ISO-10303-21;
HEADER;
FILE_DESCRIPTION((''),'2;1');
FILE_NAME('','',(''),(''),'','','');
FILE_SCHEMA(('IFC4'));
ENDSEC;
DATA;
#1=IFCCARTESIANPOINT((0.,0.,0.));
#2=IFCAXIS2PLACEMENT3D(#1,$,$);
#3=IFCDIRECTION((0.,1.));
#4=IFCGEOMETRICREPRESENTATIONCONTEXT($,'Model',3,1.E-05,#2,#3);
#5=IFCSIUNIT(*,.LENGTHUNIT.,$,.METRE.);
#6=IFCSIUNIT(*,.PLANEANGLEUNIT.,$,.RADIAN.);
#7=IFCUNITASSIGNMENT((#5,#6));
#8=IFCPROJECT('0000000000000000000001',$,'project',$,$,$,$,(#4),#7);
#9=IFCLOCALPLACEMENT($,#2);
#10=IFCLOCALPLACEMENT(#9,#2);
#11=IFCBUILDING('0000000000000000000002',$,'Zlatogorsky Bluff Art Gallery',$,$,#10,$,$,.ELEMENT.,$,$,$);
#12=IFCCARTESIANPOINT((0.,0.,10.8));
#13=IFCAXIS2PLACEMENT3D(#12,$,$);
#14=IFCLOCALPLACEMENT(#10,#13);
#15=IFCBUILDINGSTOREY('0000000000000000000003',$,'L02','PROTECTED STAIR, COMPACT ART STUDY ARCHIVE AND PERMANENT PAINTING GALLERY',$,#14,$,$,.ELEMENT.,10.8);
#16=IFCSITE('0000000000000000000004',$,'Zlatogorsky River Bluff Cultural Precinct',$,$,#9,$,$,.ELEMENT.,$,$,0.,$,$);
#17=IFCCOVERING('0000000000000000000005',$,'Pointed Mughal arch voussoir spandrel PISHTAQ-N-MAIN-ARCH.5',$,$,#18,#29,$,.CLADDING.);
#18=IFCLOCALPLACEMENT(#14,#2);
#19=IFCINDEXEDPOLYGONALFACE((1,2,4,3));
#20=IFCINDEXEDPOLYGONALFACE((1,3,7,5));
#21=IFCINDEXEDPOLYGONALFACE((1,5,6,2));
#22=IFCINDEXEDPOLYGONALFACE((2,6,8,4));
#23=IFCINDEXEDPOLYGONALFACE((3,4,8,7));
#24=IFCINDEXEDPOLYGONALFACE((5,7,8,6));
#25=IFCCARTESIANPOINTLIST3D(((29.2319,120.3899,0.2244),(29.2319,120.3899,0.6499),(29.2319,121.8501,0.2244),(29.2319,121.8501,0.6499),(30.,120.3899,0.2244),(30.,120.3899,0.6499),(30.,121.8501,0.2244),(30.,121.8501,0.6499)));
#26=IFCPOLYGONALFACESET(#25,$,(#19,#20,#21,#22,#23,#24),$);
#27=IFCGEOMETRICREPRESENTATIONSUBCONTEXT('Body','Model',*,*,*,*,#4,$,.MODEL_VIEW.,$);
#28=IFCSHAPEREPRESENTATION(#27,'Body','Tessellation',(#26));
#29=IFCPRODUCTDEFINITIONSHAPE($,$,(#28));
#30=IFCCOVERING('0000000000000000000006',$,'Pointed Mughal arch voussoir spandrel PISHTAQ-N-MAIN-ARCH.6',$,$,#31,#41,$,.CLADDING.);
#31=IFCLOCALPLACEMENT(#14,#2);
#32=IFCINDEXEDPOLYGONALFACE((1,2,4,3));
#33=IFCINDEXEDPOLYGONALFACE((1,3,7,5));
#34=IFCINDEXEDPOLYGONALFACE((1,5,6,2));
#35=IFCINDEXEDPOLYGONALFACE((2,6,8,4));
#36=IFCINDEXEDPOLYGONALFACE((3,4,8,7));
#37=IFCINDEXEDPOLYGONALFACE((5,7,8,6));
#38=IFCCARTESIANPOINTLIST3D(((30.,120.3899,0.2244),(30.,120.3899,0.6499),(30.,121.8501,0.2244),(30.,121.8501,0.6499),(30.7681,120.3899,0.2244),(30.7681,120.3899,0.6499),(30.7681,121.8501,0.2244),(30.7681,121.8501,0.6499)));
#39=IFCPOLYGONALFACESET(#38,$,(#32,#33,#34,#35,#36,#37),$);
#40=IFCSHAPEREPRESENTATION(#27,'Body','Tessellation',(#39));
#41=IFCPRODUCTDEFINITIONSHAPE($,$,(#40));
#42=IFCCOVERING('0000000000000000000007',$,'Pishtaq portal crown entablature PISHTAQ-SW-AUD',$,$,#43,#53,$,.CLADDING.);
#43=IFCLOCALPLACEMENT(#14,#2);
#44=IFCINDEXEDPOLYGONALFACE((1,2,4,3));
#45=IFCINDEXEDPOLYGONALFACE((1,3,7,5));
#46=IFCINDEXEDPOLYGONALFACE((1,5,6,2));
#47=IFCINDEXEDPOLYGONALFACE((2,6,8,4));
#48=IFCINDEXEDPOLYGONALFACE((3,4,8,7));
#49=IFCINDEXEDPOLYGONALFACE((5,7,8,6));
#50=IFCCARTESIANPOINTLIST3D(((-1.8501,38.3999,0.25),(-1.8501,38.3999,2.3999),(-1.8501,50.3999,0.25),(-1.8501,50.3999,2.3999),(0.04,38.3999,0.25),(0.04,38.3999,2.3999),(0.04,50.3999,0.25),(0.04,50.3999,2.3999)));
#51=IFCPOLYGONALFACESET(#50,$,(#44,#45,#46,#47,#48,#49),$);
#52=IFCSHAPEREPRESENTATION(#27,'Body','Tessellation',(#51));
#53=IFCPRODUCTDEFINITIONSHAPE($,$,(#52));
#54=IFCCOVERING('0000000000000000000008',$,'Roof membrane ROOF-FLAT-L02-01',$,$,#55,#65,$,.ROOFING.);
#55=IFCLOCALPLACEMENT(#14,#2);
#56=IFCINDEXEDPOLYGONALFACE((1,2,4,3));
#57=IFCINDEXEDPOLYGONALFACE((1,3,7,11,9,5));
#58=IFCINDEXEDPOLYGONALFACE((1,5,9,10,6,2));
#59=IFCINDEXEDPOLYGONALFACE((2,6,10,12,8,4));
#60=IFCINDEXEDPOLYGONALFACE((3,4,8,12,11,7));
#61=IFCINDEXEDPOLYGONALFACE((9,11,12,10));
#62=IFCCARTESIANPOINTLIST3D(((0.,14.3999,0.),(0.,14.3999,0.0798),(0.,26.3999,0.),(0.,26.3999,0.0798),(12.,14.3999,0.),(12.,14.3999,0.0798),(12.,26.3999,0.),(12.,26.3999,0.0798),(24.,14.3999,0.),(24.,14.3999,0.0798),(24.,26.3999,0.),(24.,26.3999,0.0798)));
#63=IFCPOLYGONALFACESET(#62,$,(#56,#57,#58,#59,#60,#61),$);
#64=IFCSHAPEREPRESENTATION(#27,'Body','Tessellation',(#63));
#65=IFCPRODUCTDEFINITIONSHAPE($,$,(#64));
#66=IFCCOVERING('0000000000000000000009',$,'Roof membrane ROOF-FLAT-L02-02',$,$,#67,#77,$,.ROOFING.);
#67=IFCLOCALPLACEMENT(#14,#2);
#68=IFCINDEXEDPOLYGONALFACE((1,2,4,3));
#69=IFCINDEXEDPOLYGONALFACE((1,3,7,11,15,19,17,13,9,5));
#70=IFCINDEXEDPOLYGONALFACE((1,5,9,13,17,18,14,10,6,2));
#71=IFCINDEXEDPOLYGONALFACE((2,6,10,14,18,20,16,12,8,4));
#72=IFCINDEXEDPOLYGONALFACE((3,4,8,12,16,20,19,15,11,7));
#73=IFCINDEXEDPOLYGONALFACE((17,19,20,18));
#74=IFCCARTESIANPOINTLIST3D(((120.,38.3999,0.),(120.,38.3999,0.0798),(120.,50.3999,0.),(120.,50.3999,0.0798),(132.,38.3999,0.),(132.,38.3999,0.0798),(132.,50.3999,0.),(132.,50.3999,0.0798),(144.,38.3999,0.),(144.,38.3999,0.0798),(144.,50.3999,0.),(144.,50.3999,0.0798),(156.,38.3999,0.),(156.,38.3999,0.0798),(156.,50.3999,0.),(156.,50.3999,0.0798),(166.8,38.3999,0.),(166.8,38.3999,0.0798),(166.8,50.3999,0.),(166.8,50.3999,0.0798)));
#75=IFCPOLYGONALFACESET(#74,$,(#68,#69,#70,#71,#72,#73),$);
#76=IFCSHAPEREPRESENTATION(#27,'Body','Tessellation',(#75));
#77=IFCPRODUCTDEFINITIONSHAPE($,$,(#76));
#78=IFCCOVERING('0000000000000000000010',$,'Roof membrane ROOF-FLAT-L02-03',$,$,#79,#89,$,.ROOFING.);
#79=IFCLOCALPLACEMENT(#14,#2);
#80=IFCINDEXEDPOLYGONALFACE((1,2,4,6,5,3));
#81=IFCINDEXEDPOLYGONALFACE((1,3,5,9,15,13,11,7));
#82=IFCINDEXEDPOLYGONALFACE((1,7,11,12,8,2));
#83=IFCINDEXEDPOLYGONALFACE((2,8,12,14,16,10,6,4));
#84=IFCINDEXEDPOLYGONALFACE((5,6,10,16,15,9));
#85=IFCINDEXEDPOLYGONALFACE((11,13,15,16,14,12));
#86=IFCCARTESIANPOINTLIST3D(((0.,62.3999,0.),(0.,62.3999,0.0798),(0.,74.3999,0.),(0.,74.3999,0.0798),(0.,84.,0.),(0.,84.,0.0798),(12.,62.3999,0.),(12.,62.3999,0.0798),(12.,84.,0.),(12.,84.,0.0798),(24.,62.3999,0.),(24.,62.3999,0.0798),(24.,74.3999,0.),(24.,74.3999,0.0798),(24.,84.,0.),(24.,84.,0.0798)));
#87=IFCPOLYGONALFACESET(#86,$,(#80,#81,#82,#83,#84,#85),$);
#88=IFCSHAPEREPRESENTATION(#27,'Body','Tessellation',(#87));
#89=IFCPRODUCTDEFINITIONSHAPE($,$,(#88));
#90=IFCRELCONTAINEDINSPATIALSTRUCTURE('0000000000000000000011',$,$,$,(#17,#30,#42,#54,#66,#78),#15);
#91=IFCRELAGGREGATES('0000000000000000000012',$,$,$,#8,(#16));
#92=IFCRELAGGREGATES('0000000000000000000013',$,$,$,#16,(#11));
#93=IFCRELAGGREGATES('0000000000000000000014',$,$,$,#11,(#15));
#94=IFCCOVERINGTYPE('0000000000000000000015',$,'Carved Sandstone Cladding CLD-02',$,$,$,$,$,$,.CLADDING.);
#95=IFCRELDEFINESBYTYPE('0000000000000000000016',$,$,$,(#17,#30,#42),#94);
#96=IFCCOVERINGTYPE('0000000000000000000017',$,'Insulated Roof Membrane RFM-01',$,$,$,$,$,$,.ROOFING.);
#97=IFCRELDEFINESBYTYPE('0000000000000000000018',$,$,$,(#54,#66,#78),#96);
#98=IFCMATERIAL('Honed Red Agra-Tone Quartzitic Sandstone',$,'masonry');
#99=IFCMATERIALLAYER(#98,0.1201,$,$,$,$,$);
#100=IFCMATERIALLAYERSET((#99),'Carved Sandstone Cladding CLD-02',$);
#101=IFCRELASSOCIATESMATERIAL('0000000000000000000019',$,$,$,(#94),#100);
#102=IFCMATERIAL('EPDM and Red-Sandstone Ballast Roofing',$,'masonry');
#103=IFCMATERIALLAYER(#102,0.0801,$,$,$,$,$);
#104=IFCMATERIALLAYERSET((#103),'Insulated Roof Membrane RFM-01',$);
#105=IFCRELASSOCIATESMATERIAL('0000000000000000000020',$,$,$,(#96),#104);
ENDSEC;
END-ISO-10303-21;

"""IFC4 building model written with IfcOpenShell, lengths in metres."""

from ifc_helpers import new_model, si_unit, direction, frame, origin, place, context, subcontext, project, spatial, polyline, outline, extrude, material, layer, layer_set, type_object, element, save


model = new_model("IFC4")

# Units and contexts
model_context = context("Model", 3, precision=1e-05, world=origin(), true_north=direction((0.0, 1.0)))
body_context = subcontext(model_context, "Body", "Model", "MODEL_VIEW")
ifc_project = project(units=[si_unit("LENGTHUNIT", "METRE"), si_unit("PLANEANGLEUNIT", "RADIAN")], contexts=[model_context])

# Site, building, storey
site_placement = place(None, origin())
site = spatial("IfcSite", under=ifc_project, at=site_placement, Name="Zlatogorsky River Bluff Cultural Precinct", CompositionType="ELEMENT", RefElevation=0.0)
building_placement = place(site_placement, origin())
building = spatial("IfcBuilding", under=site, at=building_placement, Name="Zlatogorsky Bluff Art Gallery", CompositionType="ELEMENT")
storey_placement = place(building_placement, frame((0.0, 0.0, 10.8)))
storey = spatial("IfcBuildingStorey", under=building, at=storey_placement, Name="L02", Description="PROTECTED STAIR, COMPACT ART STUDY ARCHIVE AND PERMANENT PAINTING GALLERY", CompositionType="ELEMENT", Elevation=10.8)

# Coverings
ifc_material_1 = material(Name="Honed Red Agra-Tone Quartzitic Sandstone", Category="masonry")
ifc_layer_1 = layer(ifc_material_1, 0.1201)
ifc_layer_set_1 = layer_set([ifc_layer_1], Name="Carved Sandstone Cladding CLD-02")
covering_type_1 = type_object("IfcCoveringType", Name="Carved Sandstone Cladding CLD-02", PredefinedType="CLADDING", material=ifc_layer_set_1)
covering_1_placement = place(storey_placement, frame((0.0, 0.0, 0.2244)))
element("IfcCovering", 1, at=covering_1_placement, inside=storey, type_object=covering_type_1, Name="Pointed Mughal arch voussoir spandrel PISHTAQ-N-MAIN-ARCH.5", PredefinedType="CLADDING", context=body_context, shape_type="SweptSolid", body=[
    extrude(outline(polyline([(29.2319, 120.3899), (30.0, 120.3899), (30.0, 121.8501), (29.2319, 121.8501), (29.2319, 120.3899)])), origin(), (0.0, 0.0, 1.0), 0.4255),
])
covering_2_placement = place(storey_placement, frame((0.0, 0.0, 0.2244)))
element("IfcCovering", 2, at=covering_2_placement, inside=storey, type_object=covering_type_1, Name="Pointed Mughal arch voussoir spandrel PISHTAQ-N-MAIN-ARCH.6", PredefinedType="CLADDING", context=body_context, shape_type="SweptSolid", body=[
    extrude(outline(polyline([(30.0, 120.3899), (30.7681, 120.3899), (30.7681, 121.8501), (30.0, 121.8501), (30.0, 120.3899)])), origin(), (0.0, 0.0, 1.0), 0.4255),
])
covering_3_placement = place(storey_placement, frame((0.0, 0.0, 0.25)))
element("IfcCovering", 3, at=covering_3_placement, inside=storey, type_object=covering_type_1, Name="Pishtaq portal crown entablature PISHTAQ-SW-AUD", PredefinedType="CLADDING", context=body_context, shape_type="SweptSolid", body=[
    extrude(outline(polyline([(-1.8501, 38.3999), (-1.8501, 50.3999), (0.04, 50.3999), (0.04, 38.3999), (-1.8501, 38.3999)])), origin(), (0.0, 0.0, 1.0), 2.1499),
])
ifc_material_2 = material(Name="EPDM and Red-Sandstone Ballast Roofing", Category="masonry")
ifc_layer_2 = layer(ifc_material_2, 0.0801)
ifc_layer_set_2 = layer_set([ifc_layer_2], Name="Insulated Roof Membrane RFM-01")
covering_type_2 = type_object("IfcCoveringType", Name="Insulated Roof Membrane RFM-01", PredefinedType="ROOFING", material=ifc_layer_set_2)
covering_4_placement = place(storey_placement, origin())
element("IfcCovering", 4, at=covering_4_placement, inside=storey, type_object=covering_type_2, Name="Roof membrane ROOF-FLAT-L02-01", PredefinedType="ROOFING", context=body_context, shape_type="SweptSolid", body=[
    extrude(outline(polyline([(12.0, 26.3999), (24.0, 26.3999), (24.0, 14.3999), (12.0, 14.3999), (0.0, 14.3999), (0.0, 26.3999), (12.0, 26.3999)])), origin(), (0.0, 0.0, 1.0), 0.0798),
])
covering_5_placement = place(storey_placement, origin())
element("IfcCovering", 5, at=covering_5_placement, inside=storey, type_object=covering_type_2, Name="Roof membrane ROOF-FLAT-L02-02", PredefinedType="ROOFING", context=body_context, shape_type="SweptSolid", body=[
    extrude(outline(polyline([(132.0, 50.3999), (144.0, 50.3999), (156.0, 50.3999), (166.8, 50.3999), (166.8, 38.3999), (156.0, 38.3999), (144.0, 38.3999), (132.0, 38.3999), (120.0, 38.3999), (120.0, 50.3999), (132.0, 50.3999)])), origin(), (0.0, 0.0, 1.0), 0.0798),
])
covering_6_placement = place(storey_placement, origin())
element("IfcCovering", 6, at=covering_6_placement, inside=storey, type_object=covering_type_2, Name="Roof membrane ROOF-FLAT-L02-03", PredefinedType="ROOFING", context=body_context, shape_type="SweptSolid", body=[
    extrude(outline(polyline([(0.0, 84.0), (12.0, 84.0), (24.0, 84.0), (24.0, 74.3999), (24.0, 62.3999), (12.0, 62.3999), (0.0, 62.3999), (0.0, 74.3999), (0.0, 84.0)])), origin(), (0.0, 0.0, 1.0), 0.0798),
])

save(model, "model.ifc")
